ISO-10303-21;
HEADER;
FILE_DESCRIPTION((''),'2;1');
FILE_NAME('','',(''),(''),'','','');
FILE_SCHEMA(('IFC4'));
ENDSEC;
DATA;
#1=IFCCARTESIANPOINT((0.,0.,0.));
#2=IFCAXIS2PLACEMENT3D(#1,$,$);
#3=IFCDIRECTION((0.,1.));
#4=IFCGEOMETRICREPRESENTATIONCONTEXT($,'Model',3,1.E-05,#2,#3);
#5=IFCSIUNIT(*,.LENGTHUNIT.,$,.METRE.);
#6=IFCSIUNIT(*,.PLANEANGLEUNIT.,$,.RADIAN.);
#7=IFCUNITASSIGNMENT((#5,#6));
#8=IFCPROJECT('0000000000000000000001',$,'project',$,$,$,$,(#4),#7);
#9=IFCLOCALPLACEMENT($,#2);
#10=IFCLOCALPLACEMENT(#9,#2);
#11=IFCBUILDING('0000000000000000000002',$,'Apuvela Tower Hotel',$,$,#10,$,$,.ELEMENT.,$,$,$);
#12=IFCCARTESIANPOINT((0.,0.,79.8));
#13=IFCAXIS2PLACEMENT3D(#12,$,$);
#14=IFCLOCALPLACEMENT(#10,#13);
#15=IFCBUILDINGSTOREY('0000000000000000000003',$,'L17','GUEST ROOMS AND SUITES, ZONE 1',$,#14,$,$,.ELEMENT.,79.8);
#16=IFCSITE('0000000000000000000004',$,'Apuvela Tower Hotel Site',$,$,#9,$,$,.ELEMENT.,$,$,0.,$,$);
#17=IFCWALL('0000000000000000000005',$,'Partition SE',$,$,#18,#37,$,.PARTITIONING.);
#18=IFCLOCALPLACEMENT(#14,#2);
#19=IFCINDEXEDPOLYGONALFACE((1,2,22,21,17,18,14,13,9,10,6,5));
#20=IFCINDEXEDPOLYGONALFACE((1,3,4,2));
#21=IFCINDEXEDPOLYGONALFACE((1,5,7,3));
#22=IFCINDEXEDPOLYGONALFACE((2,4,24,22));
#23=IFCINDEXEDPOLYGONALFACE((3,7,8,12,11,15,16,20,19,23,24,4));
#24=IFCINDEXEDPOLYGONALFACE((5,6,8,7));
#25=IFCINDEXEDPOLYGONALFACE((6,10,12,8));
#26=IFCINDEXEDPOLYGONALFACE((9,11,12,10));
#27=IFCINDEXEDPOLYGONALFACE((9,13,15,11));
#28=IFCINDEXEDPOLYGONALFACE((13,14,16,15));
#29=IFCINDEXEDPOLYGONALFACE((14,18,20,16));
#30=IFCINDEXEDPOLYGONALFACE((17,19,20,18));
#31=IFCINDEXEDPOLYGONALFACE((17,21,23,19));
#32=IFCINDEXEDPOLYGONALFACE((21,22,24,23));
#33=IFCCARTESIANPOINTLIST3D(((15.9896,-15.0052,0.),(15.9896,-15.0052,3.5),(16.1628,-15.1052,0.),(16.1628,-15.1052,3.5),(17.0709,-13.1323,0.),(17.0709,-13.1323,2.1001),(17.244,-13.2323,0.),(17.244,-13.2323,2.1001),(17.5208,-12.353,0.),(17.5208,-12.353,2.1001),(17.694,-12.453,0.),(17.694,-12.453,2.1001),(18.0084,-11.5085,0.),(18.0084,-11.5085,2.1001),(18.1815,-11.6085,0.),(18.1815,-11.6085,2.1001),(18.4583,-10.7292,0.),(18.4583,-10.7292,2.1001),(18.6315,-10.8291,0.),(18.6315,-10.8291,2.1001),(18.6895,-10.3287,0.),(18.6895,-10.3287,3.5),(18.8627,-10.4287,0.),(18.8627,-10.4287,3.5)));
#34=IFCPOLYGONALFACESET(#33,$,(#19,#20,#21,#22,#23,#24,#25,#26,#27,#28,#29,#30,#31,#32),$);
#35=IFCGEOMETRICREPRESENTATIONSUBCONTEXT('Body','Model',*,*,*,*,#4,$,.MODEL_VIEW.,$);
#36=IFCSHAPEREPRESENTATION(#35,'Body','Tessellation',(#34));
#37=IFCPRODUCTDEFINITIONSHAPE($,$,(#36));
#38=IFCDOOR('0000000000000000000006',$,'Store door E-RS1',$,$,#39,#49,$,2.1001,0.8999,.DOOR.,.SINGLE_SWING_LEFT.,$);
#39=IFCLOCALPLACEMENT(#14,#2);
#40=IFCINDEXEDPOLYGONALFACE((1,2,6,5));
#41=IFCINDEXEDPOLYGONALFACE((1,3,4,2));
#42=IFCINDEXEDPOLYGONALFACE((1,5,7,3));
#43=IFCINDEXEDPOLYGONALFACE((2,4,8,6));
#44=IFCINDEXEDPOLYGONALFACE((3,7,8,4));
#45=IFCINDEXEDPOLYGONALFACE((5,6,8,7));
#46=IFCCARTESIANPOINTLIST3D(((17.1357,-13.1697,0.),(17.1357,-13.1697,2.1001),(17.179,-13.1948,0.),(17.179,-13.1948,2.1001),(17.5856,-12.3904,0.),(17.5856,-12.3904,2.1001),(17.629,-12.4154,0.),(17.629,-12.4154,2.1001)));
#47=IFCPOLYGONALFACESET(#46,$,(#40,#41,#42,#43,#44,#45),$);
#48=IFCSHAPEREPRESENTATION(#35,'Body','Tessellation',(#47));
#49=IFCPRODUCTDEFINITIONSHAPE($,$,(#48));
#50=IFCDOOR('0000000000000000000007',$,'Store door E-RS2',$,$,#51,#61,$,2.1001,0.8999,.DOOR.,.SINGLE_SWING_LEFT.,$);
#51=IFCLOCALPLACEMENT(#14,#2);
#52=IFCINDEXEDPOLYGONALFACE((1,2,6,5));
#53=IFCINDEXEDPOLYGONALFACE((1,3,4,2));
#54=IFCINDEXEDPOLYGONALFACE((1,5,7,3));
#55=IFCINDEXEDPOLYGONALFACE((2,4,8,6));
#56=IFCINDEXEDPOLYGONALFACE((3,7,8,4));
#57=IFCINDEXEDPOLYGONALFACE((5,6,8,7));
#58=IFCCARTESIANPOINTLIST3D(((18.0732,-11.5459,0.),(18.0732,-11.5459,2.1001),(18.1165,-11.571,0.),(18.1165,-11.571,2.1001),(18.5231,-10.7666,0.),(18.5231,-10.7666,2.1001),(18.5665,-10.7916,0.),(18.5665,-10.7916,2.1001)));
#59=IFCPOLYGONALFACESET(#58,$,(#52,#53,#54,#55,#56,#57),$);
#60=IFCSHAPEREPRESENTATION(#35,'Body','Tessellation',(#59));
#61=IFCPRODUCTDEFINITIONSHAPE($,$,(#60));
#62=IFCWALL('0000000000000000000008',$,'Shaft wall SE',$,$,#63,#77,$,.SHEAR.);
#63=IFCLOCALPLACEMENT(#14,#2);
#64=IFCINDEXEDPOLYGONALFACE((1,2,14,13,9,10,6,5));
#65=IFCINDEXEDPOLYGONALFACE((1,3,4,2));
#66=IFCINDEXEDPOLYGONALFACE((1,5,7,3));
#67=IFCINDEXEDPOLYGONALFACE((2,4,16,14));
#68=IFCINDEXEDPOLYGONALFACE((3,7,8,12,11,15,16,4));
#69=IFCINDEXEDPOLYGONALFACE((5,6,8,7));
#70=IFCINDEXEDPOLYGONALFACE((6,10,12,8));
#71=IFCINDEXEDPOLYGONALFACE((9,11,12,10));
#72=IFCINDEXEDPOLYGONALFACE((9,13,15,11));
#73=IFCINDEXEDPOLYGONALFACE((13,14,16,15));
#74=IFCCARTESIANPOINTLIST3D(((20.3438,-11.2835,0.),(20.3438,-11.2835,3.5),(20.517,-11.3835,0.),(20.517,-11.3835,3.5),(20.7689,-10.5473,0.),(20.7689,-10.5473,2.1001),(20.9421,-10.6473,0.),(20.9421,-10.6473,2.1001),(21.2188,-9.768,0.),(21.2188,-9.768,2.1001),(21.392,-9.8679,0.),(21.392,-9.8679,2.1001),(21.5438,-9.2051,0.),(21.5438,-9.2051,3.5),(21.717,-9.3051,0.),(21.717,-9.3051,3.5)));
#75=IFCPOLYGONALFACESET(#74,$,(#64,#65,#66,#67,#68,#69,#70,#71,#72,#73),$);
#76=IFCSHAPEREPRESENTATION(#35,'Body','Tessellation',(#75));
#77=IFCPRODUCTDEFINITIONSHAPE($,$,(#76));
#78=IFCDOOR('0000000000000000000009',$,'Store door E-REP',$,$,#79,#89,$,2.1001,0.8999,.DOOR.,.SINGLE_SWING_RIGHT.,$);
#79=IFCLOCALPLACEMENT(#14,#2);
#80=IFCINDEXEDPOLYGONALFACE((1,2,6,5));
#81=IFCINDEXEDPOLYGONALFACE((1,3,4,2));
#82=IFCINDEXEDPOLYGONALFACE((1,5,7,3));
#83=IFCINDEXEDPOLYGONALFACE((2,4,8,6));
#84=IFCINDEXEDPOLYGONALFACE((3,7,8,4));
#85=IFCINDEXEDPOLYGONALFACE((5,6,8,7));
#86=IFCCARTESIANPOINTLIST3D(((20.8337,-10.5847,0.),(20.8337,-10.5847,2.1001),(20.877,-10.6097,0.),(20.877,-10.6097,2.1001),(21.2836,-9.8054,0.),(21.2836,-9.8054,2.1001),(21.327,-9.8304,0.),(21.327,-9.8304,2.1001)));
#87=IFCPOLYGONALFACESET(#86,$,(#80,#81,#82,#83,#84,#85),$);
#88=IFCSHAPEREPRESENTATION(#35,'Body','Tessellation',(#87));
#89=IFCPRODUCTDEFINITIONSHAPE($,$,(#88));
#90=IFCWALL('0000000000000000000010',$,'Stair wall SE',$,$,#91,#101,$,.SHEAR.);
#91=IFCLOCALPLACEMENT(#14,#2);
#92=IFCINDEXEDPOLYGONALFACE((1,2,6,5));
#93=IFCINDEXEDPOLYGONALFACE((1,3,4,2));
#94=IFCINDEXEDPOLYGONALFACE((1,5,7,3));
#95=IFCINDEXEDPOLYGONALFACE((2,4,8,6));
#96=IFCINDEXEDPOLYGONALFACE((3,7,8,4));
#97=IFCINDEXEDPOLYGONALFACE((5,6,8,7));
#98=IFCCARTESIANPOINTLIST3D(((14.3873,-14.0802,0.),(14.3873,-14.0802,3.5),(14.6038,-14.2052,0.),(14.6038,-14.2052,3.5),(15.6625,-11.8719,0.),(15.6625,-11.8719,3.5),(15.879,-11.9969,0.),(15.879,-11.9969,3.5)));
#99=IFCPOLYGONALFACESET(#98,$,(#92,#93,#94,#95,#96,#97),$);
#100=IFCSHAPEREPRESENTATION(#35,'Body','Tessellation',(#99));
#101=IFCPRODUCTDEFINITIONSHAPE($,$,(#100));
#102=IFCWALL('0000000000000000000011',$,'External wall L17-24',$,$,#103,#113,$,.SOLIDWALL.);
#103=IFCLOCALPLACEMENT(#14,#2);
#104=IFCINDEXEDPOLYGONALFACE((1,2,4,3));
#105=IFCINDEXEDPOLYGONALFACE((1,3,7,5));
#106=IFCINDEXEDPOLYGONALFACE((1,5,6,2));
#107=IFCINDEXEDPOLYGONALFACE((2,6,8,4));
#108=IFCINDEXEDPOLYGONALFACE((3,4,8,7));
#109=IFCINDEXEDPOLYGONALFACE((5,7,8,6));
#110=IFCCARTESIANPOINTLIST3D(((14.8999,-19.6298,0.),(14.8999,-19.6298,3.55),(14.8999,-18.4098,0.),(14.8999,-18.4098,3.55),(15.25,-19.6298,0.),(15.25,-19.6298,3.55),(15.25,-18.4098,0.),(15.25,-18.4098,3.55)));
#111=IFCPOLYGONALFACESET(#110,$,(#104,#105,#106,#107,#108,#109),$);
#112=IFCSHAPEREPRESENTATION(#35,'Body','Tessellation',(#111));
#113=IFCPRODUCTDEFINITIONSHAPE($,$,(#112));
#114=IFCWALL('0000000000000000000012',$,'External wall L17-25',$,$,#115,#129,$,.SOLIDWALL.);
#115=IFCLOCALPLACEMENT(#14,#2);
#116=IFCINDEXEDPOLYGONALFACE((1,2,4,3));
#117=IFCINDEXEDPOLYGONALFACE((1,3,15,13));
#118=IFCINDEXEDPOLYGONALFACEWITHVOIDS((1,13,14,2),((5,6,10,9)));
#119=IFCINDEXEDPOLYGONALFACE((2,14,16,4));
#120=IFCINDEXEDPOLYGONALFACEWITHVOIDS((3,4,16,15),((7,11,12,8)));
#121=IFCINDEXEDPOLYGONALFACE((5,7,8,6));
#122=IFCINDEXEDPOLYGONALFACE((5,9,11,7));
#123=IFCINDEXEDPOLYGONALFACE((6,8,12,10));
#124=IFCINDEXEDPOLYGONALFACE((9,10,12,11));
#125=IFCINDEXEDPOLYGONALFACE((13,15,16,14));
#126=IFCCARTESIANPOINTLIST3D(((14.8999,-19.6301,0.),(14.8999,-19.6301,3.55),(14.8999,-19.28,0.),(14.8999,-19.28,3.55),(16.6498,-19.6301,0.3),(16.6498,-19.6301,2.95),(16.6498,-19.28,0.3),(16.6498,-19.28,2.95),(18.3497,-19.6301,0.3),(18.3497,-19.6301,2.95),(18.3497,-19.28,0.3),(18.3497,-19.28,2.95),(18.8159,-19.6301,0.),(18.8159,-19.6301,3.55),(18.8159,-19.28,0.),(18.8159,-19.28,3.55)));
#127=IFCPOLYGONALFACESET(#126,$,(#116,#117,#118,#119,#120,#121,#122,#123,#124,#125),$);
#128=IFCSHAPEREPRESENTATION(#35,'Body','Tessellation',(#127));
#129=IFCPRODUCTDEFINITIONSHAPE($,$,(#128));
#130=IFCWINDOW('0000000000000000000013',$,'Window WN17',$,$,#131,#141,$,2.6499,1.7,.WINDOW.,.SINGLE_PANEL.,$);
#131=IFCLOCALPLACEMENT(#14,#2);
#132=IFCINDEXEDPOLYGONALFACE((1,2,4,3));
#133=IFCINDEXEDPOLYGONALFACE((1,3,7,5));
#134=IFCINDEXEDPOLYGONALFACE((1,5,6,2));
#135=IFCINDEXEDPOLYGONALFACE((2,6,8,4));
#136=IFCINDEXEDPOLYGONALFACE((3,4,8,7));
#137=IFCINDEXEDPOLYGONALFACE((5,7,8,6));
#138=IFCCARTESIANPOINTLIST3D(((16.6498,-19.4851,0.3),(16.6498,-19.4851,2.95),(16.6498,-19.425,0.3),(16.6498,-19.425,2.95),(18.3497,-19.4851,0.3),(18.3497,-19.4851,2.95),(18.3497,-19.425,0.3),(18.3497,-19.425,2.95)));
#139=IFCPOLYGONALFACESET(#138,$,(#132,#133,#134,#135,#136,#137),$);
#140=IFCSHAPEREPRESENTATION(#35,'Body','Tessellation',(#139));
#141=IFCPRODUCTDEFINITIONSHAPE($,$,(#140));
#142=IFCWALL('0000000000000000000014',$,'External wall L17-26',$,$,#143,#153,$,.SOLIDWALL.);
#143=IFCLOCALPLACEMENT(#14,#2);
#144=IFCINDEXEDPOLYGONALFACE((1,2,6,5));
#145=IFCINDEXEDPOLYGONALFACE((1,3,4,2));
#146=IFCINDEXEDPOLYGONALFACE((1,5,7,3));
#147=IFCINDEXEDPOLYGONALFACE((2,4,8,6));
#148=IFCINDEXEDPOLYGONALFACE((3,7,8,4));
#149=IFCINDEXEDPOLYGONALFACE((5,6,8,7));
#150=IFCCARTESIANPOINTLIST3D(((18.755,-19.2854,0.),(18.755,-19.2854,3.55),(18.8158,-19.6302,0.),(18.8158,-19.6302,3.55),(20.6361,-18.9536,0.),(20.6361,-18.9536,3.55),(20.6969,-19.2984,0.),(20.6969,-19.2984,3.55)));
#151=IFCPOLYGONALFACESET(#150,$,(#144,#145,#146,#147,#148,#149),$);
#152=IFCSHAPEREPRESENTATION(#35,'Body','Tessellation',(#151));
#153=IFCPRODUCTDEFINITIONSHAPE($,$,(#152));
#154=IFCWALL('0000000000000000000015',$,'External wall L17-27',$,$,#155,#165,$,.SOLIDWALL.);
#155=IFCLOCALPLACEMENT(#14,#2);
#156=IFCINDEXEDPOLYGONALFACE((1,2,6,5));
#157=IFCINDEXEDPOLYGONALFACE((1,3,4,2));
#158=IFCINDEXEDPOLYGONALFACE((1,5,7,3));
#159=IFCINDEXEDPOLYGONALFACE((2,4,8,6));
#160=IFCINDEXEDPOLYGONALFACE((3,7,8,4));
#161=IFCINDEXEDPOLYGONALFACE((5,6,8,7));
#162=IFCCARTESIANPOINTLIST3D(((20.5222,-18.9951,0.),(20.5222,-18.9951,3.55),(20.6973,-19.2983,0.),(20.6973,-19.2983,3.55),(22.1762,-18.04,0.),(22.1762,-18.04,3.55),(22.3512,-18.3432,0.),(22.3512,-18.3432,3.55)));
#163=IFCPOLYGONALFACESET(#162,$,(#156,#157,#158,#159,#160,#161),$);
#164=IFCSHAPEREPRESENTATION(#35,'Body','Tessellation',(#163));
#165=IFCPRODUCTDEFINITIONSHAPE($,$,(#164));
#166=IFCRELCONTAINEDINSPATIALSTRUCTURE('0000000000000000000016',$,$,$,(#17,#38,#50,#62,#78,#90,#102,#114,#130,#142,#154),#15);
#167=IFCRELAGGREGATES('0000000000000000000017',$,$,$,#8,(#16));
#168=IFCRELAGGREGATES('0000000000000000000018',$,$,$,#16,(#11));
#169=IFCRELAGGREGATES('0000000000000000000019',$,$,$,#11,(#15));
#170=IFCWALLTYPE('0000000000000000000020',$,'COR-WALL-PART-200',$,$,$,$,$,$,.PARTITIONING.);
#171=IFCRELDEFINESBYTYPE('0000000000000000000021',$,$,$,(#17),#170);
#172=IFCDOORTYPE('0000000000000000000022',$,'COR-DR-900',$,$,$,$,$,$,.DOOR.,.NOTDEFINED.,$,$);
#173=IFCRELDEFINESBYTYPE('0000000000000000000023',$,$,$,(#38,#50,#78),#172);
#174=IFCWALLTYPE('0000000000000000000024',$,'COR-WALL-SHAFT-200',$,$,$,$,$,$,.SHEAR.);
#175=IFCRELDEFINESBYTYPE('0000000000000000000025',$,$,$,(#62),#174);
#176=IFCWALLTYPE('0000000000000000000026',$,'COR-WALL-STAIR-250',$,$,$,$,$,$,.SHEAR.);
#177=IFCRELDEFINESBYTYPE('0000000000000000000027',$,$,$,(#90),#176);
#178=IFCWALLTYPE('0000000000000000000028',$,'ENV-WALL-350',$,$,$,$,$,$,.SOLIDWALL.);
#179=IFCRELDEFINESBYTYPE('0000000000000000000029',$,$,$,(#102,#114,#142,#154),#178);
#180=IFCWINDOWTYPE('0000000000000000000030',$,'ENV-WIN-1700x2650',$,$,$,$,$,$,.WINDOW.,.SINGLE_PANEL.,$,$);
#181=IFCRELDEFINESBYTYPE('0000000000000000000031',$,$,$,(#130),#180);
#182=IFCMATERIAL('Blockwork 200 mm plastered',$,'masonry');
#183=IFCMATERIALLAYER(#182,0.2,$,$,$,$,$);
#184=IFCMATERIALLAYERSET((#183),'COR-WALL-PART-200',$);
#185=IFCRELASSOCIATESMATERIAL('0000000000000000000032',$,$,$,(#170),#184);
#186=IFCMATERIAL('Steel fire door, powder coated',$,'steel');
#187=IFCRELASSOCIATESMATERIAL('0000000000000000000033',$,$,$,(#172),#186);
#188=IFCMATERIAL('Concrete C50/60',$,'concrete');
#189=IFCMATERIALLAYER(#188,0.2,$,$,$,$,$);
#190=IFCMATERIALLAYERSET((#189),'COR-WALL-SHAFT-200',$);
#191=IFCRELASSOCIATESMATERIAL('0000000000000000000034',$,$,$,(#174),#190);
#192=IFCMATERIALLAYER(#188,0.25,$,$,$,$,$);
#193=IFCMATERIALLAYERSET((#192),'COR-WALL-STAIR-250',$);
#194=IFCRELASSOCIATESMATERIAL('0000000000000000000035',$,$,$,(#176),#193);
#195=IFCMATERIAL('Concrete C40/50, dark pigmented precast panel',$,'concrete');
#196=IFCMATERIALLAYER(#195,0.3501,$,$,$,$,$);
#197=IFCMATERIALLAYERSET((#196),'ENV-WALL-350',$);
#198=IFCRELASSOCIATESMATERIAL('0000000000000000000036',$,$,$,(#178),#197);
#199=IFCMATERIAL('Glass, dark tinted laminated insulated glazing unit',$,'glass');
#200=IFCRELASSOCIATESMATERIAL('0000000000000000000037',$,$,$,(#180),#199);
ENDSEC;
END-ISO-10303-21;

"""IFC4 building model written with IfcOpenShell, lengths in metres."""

from ifc_helpers import new_model, si_unit, direction, frame, frame_2d, origin, place, context, subcontext, project, spatial, rectangle, extrude, material, layer, layer_set, type_object, element, fill, save


model = new_model("IFC4")

# Units and contexts
model_context = context("Model", 3, precision=1e-05, world=origin(), true_north=direction((0.0, 1.0)))
body_context = subcontext(model_context, "Body", "Model", "MODEL_VIEW")
ifc_project = project(units=[si_unit("LENGTHUNIT", "METRE"), si_unit("PLANEANGLEUNIT", "RADIAN")], contexts=[model_context])

# Site, building, storey
site_placement = place(None, origin())
site = spatial("IfcSite", under=ifc_project, at=site_placement, Name="Apuvela Tower Hotel Site", CompositionType="ELEMENT", RefElevation=0.0)
building_placement = place(site_placement, origin())
building = spatial("IfcBuilding", under=site, at=building_placement, Name="Apuvela Tower Hotel", CompositionType="ELEMENT")
storey_placement = place(building_placement, frame((0.0, 0.0, 79.8)))
storey = spatial("IfcBuildingStorey", under=building, at=storey_placement, Name="L17", Description="GUEST ROOMS AND SUITES, ZONE 1", CompositionType="ELEMENT", Elevation=79.8)

# Wall, openings, doors
ifc_material_1 = material(Name="Blockwork 200 mm plastered", Category="masonry")
ifc_layer_1 = layer(ifc_material_1, 0.2)
ifc_layer_set_1 = layer_set([ifc_layer_1], Name="COR-WALL-PART-200")
wall_type_1 = type_object("IfcWallType", Name="COR-WALL-PART-200", PredefinedType="PARTITIONING", material=ifc_layer_set_1)
wall_1_placement = place(storey_placement, frame((16.0762, -15.0552, 0.0), z_axis=(0.0, 0.0, 1.0), x_axis=(0.499995, 0.866028, 0.0)))
wall_1 = element("IfcWall", 1, at=wall_1_placement, inside=storey, type_object=wall_type_1, Name="Partition SE", PredefinedType="PARTITIONING", context=body_context, shape_type="SweptSolid", body=[
    extrude(rectangle(XDim=5.3999, YDim=0.2, at=frame_2d((2.7, 0.0))), origin(), (0.0, 0.0, 1.0), 3.5),
])
opening_1_placement = place(wall_1_placement, frame((2.1626, 0.0, 0.0)))
opening_1 = element("IfcOpeningElement", 2, at=opening_1_placement, cuts=wall_1, PredefinedType="OPENING", context=body_context, shape_type="SweptSolid", body=[
    extrude(rectangle(XDim=0.8999, YDim=2.1001, at=frame_2d((0.45, 1.05))), frame((0.0, 0.1099, 0.0), z_axis=(0.0, -1.0, 0.0), x_axis=(1.0, 0.0, 0.0)), (0.0, 0.0, 1.0), 0.22),
])
opening_2_placement = place(wall_1_placement, frame((4.0376, 0.0, 0.0)))
opening_2 = element("IfcOpeningElement", 3, at=opening_2_placement, cuts=wall_1, PredefinedType="OPENING", context=body_context, shape_type="SweptSolid", body=[
    extrude(rectangle(XDim=0.8999, YDim=2.1001, at=frame_2d((0.45, 1.05))), frame((0.0, 0.1099, 0.0), z_axis=(0.0, -1.0, 0.0), x_axis=(1.0, 0.0, 0.0)), (0.0, 0.0, 1.0), 0.22),
])
ifc_material_2 = material(Name="Steel fire door, powder coated", Category="steel")
door_type_1 = type_object("IfcDoorType", Name="COR-DR-900", OperationType="NOTDEFINED", PredefinedType="DOOR", material=ifc_material_2)
door_1_placement = place(opening_1_placement, frame((0.8999, 0.0, 0.0), z_axis=(0.0, 0.0, 1.0), x_axis=(-1.0, 0.0, 0.0)))
door_1 = element("IfcDoor", 4, at=door_1_placement, inside=storey, type_object=door_type_1, Name="Store door E-RS1", OperationType="SINGLE_SWING_LEFT", OverallHeight=2.1001, OverallWidth=0.8999, PredefinedType="DOOR", context=body_context, shape_type="SweptSolid", body=[
    extrude(rectangle(XDim=0.8999, YDim=2.1001, at=frame_2d((0.45, 1.05))), frame((0.0, 0.0249, 0.0), z_axis=(0.0, -1.0, 0.0), x_axis=(1.0, 0.0, 0.0)), (0.0, 0.0, 1.0), 0.05),
])
fill(opening_1, door_1)
door_2_placement = place(opening_2_placement, frame((0.8999, 0.0, 0.0), z_axis=(0.0, 0.0, 1.0), x_axis=(-1.0, 0.0, 0.0)))
door_2 = element("IfcDoor", 5, at=door_2_placement, inside=storey, type_object=door_type_1, Name="Store door E-RS2", OperationType="SINGLE_SWING_LEFT", OverallHeight=2.1001, OverallWidth=0.8999, PredefinedType="DOOR", context=body_context, shape_type="SweptSolid", body=[
    extrude(rectangle(XDim=0.8999, YDim=2.1001, at=frame_2d((0.45, 1.05))), frame((0.0, 0.0249, 0.0), z_axis=(0.0, -1.0, 0.0), x_axis=(1.0, 0.0, 0.0)), (0.0, 0.0, 1.0), 0.05),
])
fill(opening_2, door_2)

# Wall, opening, door
ifc_material_3 = material(Name="Concrete C50/60", Category="concrete")
ifc_layer_2 = layer(ifc_material_3, 0.2)
ifc_layer_set_2 = layer_set([ifc_layer_2], Name="COR-WALL-SHAFT-200")
wall_type_2 = type_object("IfcWallType", Name="COR-WALL-SHAFT-200", PredefinedType="SHEAR", material=ifc_layer_set_2)
wall_2_placement = place(storey_placement, frame((20.4304, -11.3335, 0.0), z_axis=(0.0, 0.0, 1.0), x_axis=(0.500001, 0.866025, 0.0)))
wall_2 = element("IfcWall", 6, at=wall_2_placement, inside=storey, type_object=wall_type_2, Name="Shaft wall SE", PredefinedType="SHEAR", context=body_context, shape_type="SweptSolid", body=[
    extrude(rectangle(XDim=2.3999, YDim=0.2, at=frame_2d((1.2, 0.0))), origin(), (0.0, 0.0, 1.0), 3.5),
])
opening_3_placement = place(wall_2_placement, frame((0.8501, 0.0, 0.0)))
opening_3 = element("IfcOpeningElement", 7, at=opening_3_placement, cuts=wall_2, PredefinedType="OPENING", context=body_context, shape_type="SweptSolid", body=[
    extrude(rectangle(XDim=0.8999, YDim=2.1001, at=frame_2d((0.45, 1.05))), frame((0.0, 0.1099, 0.0), z_axis=(0.0, -1.0, 0.0), x_axis=(1.0, 0.0, 0.0)), (0.0, 0.0, 1.0), 0.22),
])
door_3_placement = place(opening_3_placement, frame((0.8999, 0.0, 0.0), z_axis=(0.0, 0.0, 1.0), x_axis=(-1.0, 0.0, 0.0)))
door_3 = element("IfcDoor", 8, at=door_3_placement, inside=storey, type_object=door_type_1, Name="Store door E-REP", OperationType="SINGLE_SWING_RIGHT", OverallHeight=2.1001, OverallWidth=0.8999, PredefinedType="DOOR", context=body_context, shape_type="SweptSolid", body=[
    extrude(rectangle(XDim=0.8999, YDim=2.1001, at=frame_2d((0.45, 1.05))), frame((0.0, 0.0249, 0.0), z_axis=(0.0, -1.0, 0.0), x_axis=(1.0, 0.0, 0.0)), (0.0, 0.0, 1.0), 0.05),
])
fill(opening_3, door_3)

# Walls
ifc_layer_3 = layer(ifc_material_3, 0.25)
ifc_layer_set_3 = layer_set([ifc_layer_3], Name="COR-WALL-STAIR-250")
wall_type_3 = type_object("IfcWallType", Name="COR-WALL-STAIR-250", PredefinedType="SHEAR", material=ifc_layer_set_3)
wall_3_placement = place(storey_placement, frame((14.4956, -14.1426, 0.0), z_axis=(0.0, 0.0, 1.0), x_axis=(0.500062, 0.865989, 0.0)))
element("IfcWall", 9, at=wall_3_placement, inside=storey, type_object=wall_type_3, Name="Stair wall SE", PredefinedType="SHEAR", context=body_context, shape_type="SweptSolid", body=[
    extrude(rectangle(XDim=2.55, YDim=0.25, at=frame_2d((1.2749, 0.0))), origin(), (0.0, 0.0, 1.0), 3.5),
])
ifc_material_4 = material(Name="Concrete C40/50, dark pigmented precast panel", Category="concrete")
ifc_layer_4 = layer(ifc_material_4, 0.3501)
ifc_layer_set_4 = layer_set([ifc_layer_4], Name="ENV-WALL-350")
wall_type_4 = type_object("IfcWallType", Name="ENV-WALL-350", PredefinedType="SOLIDWALL", material=ifc_layer_set_4)
wall_4_placement = place(storey_placement, frame((15.075, -18.4099, 0.0), z_axis=(0.0, 0.0, 1.0), x_axis=(0.0, -1.0, 0.0)))
element("IfcWall", 10, at=wall_4_placement, inside=storey, type_object=wall_type_4, Name="External wall L17-24", PredefinedType="SOLIDWALL", context=body_context, shape_type="SweptSolid", body=[
    extrude(rectangle(XDim=1.22, YDim=0.3501, at=frame_2d((0.6099, 0.0))), origin(), (0.0, 0.0, 1.0), 3.55),
])

# Wall, opening, window
wall_5_placement = place(storey_placement, frame((14.8999, -19.4551, 0.0), z_axis=(0.0, 0.0, 1.0), x_axis=(1.0, 0.0, 0.0)))
wall_5 = element("IfcWall", 11, at=wall_5_placement, inside=storey, type_object=wall_type_4, Name="External wall L17-25", PredefinedType="SOLIDWALL", context=body_context, shape_type="SweptSolid", body=[
    extrude(rectangle(XDim=3.916, YDim=0.3501, at=frame_2d((1.958, 0.0))), origin(), (0.0, 0.0, 1.0), 3.55),
])
opening_4_placement = place(wall_5_placement, frame((1.7498, 0.0, 0.3)))
opening_4 = element("IfcOpeningElement", 12, at=opening_4_placement, cuts=wall_5, PredefinedType="OPENING", context=body_context, shape_type="SweptSolid", body=[
    extrude(rectangle(XDim=1.7, YDim=2.6499, at=frame_2d((0.8501, 1.325))), frame((0.0, 0.1851, 0.0), z_axis=(0.0, -1.0, 0.0), x_axis=(1.0, 0.0, 0.0)), (0.0, 0.0, 1.0), 0.3701),
])
ifc_material_5 = material(Name="Glass, dark tinted laminated insulated glazing unit", Category="glass")
window_type = type_object("IfcWindowType", Name="ENV-WIN-1700x2650", PartitioningType="SINGLE_PANEL", PredefinedType="WINDOW", material=ifc_material_5)
window_placement = place(opening_4_placement, origin())
window = element("IfcWindow", 13, at=window_placement, inside=storey, type_object=window_type, Name="Window WN17", OverallHeight=2.6499, OverallWidth=1.7, PartitioningType="SINGLE_PANEL", PredefinedType="WINDOW", context=body_context, shape_type="SweptSolid", body=[
    extrude(rectangle(XDim=1.7, YDim=2.6499, at=frame_2d((0.8501, 1.325))), frame((0.0, 0.03, 0.0), z_axis=(0.0, -1.0, 0.0), x_axis=(1.0, 0.0, 0.0)), (0.0, 0.0, 1.0), 0.0601),
])
fill(opening_4, window)

# Walls
wall_6_placement = place(storey_placement, frame((18.7854, -19.4578, 0.0), z_axis=(0.0, 0.0, 1.0), x_axis=(0.984799, 0.173698, 0.0)))
element("IfcWall", 14, at=wall_6_placement, inside=storey, type_object=wall_type_4, Name="External wall L17-26", PredefinedType="SOLIDWALL", context=body_context, shape_type="SweptSolid", body=[
    extrude(rectangle(XDim=1.9102, YDim=0.3501, at=frame_2d((0.9551, 0.0))), origin(), (0.0, 0.0, 1.0), 3.55),
])
for number, where, z_axis, x_axis, name in (
    (15, (20.6096, -19.1467, 0.0), (0.0, 0.0, 1.0), (0.866, 0.500043, 0.0), "External wall L17-27"),
):
    element("IfcWall", number, at=place(storey_placement, frame(where, z_axis=z_axis, x_axis=x_axis)), inside=storey, type_object=wall_type_4, Name=name, PredefinedType="SOLIDWALL", context=body_context, shape_type="SweptSolid", body=[
        extrude(rectangle(XDim=1.9099, YDim=0.3501, at=frame_2d((0.9551, 0.0))), origin(), (0.0, 0.0, 1.0), 3.55),
    ])

save(model, "model.ifc")
